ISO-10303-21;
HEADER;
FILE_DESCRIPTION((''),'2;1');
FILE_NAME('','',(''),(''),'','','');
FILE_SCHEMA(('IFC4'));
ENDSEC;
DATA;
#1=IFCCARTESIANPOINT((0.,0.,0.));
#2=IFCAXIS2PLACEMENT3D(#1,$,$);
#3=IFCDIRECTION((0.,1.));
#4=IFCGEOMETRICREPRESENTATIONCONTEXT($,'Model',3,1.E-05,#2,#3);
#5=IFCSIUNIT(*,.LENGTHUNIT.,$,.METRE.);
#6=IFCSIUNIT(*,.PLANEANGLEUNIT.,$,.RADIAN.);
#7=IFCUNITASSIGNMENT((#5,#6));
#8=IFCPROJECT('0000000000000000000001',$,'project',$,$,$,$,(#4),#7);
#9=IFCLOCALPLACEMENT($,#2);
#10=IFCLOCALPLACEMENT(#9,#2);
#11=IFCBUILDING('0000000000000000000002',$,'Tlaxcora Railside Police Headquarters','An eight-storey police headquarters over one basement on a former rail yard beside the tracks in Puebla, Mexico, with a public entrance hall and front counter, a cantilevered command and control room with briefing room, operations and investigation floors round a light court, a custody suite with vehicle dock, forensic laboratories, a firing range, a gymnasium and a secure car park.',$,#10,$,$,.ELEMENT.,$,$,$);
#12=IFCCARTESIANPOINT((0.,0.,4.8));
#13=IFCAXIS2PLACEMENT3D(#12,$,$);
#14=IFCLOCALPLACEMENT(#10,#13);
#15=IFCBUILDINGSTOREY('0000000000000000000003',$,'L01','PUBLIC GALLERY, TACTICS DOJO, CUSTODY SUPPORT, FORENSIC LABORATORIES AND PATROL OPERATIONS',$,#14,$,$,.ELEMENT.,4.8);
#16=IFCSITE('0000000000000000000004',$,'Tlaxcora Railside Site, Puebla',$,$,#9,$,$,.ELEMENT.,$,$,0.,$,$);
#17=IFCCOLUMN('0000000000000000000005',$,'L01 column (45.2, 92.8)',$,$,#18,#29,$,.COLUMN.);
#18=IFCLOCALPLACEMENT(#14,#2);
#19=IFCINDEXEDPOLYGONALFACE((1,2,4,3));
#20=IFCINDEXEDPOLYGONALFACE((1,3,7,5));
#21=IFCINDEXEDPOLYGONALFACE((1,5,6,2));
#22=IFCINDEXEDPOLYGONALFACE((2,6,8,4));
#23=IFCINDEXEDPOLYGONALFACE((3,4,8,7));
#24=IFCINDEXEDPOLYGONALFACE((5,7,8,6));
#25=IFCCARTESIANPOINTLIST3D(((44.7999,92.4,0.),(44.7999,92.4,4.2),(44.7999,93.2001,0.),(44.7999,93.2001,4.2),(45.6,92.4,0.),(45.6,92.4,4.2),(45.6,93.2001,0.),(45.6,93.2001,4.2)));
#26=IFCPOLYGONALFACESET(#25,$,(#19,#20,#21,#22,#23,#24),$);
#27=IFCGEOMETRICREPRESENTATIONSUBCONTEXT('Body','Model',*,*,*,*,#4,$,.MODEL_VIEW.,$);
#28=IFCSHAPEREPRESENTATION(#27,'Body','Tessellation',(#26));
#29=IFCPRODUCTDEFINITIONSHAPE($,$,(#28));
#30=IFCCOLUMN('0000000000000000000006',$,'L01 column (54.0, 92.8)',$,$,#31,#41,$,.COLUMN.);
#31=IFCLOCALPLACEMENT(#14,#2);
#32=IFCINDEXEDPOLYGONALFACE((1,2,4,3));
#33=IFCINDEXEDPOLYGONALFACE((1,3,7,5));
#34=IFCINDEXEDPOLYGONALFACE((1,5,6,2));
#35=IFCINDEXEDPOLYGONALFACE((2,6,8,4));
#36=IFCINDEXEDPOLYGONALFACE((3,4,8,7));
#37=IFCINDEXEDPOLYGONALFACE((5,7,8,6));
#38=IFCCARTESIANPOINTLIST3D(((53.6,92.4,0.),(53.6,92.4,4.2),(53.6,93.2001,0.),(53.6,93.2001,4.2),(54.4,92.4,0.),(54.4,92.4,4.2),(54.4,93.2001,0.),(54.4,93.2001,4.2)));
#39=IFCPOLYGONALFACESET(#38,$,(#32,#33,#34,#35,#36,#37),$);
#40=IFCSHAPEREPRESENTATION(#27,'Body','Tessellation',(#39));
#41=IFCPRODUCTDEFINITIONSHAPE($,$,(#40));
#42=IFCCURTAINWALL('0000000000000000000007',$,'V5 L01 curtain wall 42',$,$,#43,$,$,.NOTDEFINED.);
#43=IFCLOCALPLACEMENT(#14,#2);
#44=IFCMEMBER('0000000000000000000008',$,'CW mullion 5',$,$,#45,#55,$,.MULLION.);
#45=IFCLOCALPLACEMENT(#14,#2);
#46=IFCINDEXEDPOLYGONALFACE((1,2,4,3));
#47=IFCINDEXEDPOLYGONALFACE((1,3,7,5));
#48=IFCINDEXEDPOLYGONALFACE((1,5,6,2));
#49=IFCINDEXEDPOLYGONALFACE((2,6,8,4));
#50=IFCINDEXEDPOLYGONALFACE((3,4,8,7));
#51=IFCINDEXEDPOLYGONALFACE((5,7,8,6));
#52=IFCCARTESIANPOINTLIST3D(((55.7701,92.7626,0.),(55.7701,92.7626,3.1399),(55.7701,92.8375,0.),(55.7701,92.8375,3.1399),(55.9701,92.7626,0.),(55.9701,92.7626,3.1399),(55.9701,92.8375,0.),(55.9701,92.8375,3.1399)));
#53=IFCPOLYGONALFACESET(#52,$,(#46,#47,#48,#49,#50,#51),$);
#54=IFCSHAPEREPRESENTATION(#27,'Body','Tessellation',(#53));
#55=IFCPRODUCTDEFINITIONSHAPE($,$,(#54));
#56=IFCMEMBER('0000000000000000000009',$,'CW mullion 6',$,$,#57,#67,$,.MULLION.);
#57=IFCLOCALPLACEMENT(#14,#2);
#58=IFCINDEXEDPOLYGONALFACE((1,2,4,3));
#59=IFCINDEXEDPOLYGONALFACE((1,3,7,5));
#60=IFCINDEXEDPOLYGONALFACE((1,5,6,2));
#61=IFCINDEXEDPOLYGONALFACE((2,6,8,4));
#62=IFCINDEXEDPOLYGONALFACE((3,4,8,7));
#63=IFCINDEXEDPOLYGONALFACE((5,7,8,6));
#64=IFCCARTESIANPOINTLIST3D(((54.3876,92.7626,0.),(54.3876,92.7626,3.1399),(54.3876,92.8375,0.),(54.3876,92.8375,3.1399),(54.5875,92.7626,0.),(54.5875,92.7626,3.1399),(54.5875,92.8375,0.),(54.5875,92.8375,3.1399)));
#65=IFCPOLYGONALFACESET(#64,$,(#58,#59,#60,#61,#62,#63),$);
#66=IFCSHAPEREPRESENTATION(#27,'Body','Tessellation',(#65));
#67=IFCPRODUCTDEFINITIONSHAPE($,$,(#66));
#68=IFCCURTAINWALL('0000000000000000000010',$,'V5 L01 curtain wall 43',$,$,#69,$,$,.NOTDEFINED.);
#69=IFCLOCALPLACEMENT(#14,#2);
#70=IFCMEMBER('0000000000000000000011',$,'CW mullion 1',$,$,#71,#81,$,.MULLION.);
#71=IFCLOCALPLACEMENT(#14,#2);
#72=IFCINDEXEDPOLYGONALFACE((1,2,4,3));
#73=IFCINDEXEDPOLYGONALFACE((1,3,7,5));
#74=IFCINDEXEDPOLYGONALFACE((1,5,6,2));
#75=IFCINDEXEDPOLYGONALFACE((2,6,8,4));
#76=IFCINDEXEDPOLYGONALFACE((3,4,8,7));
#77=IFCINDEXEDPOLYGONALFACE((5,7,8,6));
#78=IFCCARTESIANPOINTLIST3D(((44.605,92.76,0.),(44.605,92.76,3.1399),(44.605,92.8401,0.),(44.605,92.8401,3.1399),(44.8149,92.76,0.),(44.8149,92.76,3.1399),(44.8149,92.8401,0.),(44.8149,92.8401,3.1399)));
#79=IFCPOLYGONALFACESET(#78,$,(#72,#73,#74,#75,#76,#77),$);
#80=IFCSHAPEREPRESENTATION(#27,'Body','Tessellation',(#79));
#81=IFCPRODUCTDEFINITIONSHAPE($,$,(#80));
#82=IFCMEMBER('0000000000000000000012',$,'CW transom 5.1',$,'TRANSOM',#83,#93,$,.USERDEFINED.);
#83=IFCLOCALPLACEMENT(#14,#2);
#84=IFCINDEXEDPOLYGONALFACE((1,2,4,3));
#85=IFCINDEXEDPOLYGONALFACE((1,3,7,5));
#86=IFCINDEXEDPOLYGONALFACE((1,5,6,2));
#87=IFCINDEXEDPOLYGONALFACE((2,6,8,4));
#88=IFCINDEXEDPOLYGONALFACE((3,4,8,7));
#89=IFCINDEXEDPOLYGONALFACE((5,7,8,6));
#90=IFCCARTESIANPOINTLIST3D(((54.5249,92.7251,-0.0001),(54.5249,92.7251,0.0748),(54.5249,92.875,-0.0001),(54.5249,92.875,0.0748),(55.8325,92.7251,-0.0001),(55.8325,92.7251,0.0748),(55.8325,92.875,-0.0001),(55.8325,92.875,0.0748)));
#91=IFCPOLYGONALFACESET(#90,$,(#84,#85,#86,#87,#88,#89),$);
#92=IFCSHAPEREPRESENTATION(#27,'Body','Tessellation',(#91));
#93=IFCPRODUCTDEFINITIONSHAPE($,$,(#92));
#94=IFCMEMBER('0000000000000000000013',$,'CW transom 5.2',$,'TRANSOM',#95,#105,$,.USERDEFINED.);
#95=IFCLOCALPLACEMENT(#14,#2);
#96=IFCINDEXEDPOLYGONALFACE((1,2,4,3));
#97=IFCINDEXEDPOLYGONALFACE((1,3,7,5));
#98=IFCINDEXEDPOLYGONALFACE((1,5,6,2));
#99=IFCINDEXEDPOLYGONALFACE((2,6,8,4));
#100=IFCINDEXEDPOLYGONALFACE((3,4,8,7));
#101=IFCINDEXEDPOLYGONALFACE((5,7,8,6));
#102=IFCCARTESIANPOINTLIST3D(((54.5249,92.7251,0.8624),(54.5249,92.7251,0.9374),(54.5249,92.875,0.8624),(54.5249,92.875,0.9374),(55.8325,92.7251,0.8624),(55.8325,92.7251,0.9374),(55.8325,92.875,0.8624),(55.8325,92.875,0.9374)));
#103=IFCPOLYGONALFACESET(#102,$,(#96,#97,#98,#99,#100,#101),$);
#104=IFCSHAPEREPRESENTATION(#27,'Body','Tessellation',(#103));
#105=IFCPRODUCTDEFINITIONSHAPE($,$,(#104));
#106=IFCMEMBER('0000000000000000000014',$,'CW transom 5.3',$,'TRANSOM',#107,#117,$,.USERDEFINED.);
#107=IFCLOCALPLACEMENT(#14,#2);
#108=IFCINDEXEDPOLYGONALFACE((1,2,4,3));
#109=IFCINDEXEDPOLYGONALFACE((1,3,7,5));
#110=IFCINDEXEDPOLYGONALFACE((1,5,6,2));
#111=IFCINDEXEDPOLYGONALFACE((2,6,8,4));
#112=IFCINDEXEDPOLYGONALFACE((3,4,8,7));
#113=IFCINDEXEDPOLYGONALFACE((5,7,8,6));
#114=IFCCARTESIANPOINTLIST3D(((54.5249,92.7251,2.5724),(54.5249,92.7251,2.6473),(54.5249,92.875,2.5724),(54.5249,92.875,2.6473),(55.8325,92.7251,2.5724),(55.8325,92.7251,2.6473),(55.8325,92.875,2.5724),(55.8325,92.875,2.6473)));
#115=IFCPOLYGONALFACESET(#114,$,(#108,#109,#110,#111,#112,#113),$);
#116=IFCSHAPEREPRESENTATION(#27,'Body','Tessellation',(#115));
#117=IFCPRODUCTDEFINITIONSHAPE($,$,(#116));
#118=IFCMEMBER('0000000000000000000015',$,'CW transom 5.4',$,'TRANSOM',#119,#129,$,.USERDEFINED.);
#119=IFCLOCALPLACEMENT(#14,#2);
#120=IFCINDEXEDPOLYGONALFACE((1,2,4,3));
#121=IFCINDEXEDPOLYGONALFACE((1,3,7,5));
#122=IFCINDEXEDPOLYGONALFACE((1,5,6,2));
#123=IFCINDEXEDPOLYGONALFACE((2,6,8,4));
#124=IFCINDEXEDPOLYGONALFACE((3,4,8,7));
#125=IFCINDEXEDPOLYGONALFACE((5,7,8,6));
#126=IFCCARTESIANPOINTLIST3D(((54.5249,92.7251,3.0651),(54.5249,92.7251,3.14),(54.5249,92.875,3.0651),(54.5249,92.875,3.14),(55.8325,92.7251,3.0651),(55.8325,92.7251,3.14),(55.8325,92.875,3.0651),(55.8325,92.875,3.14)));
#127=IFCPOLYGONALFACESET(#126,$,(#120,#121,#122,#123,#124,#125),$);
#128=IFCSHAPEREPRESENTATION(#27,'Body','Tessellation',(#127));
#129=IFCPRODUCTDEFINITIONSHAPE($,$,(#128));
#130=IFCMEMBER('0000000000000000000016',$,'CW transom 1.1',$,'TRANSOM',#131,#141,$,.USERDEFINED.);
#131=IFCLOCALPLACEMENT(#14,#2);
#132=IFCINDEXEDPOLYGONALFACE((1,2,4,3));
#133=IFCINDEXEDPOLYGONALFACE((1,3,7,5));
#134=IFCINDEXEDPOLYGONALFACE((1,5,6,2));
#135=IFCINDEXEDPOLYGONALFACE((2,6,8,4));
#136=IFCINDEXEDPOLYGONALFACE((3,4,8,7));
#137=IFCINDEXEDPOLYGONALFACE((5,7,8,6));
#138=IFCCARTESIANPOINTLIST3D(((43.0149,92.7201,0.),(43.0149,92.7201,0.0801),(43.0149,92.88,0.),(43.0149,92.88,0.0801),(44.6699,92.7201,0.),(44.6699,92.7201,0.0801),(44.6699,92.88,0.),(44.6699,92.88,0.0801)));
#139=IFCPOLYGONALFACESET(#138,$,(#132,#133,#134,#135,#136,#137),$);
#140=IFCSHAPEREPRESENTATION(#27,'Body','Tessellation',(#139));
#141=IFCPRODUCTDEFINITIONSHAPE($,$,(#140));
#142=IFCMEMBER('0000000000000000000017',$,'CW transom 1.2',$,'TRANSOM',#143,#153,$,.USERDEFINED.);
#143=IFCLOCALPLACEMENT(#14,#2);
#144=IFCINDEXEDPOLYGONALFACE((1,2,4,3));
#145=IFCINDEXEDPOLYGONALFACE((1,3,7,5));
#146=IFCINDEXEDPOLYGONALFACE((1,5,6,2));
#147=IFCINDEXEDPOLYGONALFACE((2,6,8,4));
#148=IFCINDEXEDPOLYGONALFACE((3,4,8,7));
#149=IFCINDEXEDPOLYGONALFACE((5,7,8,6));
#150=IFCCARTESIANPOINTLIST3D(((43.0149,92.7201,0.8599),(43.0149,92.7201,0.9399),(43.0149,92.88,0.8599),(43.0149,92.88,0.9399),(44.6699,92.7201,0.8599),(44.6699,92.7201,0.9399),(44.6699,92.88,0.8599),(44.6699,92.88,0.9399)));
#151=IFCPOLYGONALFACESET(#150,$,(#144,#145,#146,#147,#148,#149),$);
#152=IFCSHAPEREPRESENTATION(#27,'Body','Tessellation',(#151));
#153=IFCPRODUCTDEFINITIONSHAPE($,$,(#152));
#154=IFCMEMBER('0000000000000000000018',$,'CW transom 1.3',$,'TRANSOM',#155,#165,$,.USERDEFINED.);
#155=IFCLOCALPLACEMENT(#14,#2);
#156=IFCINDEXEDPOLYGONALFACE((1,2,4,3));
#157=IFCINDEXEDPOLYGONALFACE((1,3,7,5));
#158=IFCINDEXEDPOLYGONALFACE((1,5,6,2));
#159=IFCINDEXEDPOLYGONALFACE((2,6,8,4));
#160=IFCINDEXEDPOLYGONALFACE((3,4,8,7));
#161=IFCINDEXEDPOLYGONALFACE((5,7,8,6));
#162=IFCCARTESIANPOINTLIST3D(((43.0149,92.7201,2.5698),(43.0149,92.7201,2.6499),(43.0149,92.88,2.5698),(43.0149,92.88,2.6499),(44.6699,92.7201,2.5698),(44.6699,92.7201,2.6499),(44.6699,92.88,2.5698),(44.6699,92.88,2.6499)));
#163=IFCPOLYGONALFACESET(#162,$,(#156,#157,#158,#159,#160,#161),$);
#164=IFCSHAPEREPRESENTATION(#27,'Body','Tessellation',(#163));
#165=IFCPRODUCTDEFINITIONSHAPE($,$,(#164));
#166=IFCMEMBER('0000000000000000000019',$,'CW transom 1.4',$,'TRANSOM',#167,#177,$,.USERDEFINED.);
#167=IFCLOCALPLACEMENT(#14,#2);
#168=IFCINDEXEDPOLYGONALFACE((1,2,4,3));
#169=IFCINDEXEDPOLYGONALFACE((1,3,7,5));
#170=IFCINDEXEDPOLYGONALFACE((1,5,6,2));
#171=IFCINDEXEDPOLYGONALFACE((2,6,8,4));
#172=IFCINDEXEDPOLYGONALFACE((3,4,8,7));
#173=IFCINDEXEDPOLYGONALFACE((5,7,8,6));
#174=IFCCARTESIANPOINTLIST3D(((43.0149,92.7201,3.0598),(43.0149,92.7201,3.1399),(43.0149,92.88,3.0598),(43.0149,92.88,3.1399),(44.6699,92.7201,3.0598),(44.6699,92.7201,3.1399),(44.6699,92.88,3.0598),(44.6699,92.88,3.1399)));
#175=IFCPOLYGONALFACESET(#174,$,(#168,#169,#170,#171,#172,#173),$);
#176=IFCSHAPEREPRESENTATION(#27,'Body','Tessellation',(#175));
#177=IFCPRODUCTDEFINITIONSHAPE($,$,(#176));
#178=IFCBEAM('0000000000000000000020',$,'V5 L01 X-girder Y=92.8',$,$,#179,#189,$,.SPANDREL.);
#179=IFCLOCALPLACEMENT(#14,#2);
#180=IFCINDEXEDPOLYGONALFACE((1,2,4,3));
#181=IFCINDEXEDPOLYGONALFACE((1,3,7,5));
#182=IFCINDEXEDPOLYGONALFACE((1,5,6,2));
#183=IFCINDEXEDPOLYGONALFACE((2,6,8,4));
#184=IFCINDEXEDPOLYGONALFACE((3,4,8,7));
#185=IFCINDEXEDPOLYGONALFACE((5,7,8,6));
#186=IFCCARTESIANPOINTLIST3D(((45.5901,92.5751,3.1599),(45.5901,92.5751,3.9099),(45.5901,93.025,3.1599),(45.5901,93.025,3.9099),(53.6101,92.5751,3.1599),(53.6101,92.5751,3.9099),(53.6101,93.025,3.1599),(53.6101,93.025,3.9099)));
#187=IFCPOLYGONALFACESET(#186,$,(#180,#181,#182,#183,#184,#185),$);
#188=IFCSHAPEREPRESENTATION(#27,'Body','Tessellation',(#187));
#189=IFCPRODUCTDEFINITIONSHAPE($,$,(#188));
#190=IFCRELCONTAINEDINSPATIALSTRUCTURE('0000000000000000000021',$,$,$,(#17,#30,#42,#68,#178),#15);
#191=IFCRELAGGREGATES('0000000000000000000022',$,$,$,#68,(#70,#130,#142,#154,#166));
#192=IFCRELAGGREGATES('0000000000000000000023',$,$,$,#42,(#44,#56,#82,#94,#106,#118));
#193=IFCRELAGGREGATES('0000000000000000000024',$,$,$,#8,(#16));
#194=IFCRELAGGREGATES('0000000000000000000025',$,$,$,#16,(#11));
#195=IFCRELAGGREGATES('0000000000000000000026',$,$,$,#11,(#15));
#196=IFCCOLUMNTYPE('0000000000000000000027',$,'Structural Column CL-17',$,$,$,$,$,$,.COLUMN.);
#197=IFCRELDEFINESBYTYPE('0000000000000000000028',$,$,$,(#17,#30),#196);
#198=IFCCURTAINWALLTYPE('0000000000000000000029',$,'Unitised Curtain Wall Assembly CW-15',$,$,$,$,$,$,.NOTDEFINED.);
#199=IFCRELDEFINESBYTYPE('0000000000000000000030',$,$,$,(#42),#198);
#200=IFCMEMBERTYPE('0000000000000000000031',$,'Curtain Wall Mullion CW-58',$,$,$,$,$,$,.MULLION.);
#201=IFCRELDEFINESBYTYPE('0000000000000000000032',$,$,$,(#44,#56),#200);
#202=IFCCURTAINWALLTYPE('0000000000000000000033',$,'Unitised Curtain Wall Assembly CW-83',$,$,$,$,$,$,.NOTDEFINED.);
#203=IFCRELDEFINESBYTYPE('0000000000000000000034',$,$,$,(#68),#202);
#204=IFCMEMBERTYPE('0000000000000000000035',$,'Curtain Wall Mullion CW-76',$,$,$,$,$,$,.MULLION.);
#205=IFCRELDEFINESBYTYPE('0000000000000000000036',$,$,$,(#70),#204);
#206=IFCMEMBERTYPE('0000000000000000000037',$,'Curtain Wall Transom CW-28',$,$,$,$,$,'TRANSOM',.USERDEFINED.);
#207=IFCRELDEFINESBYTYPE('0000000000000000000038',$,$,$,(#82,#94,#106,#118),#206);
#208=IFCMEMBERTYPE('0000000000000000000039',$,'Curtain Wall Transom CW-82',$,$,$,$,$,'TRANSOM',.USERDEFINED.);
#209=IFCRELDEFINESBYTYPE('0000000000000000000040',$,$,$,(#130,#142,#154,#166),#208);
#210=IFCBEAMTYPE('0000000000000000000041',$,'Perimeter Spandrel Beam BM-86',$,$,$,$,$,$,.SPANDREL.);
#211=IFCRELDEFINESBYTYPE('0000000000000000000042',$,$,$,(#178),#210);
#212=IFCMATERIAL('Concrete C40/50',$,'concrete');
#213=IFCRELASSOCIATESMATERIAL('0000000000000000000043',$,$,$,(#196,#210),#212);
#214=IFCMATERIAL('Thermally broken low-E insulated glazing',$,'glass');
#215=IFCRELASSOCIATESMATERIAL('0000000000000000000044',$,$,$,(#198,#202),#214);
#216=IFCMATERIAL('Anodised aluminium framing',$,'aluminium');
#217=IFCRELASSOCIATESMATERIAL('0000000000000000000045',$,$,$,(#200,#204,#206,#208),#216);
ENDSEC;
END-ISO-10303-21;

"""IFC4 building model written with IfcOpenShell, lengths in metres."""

from ifc_helpers import new_model, si_unit, direction, frame, origin, origin_2d, place, context, subcontext, project, spatial, rectangle, extrude, material, material_profile, profile_set, type_object, element, aggregate, save


model = new_model("IFC4")

# Units and contexts
model_context = context("Model", 3, precision=1e-05, world=origin(), true_north=direction((0.0, 1.0)))
body_context = subcontext(model_context, "Body", "Model", "MODEL_VIEW")
ifc_project = project(units=[si_unit("LENGTHUNIT", "METRE"), si_unit("PLANEANGLEUNIT", "RADIAN")], contexts=[model_context])

# Site, building, storey
site_placement = place(None, origin())
site = spatial("IfcSite", under=ifc_project, at=site_placement, Name="Tlaxcora Railside Site, Puebla", CompositionType="ELEMENT", RefElevation=0.0)
building_placement = place(site_placement, origin())
building = spatial("IfcBuilding", under=site, at=building_placement, Name="Tlaxcora Railside Police Headquarters", Description="An eight-storey police headquarters over one basement on a former rail yard beside the tracks in Puebla, Mexico, with a public entrance hall and front counter, a cantilevered command and control room with briefing room, operations and investigation floors round a light court, a custody suite with vehicle dock, forensic laboratories, a firing range, a gymnasium and a secure car park.", CompositionType="ELEMENT")
storey_placement = place(building_placement, frame((0.0, 0.0, 4.8)))
storey = spatial("IfcBuildingStorey", under=building, at=storey_placement, Name="L01", Description="PUBLIC GALLERY, TACTICS DOJO, CUSTODY SUPPORT, FORENSIC LABORATORIES AND PATROL OPERATIONS", CompositionType="ELEMENT", Elevation=4.8)

# Columns
ifc_material_1 = material(Name="Concrete C40/50", Category="concrete")
ifc_material_profile_1 = material_profile(ifc_material_1, rectangle(XDim=0.8, YDim=0.8, at=origin_2d()), Name="RC800X800")
ifc_profile_set_1 = profile_set([ifc_material_profile_1], Name="Concrete C40/50")
column_type = type_object("IfcColumnType", Name="Structural Column CL-17", PredefinedType="COLUMN", material=ifc_profile_set_1)
for number, where, z_axis, x_axis, name in (
    (1, (45.2, 92.8, 0.0), (0.0, 0.0, 1.0), (1.0, 0.0, 0.0), "L01 column (45.2, 92.8)"),
    (2, (54.0, 92.8, 0.0), (0.0, 0.0, 1.0), (1.0, 0.0, 0.0), "L01 column (54.0, 92.8)"),
):
    element("IfcColumn", number, at=place(storey_placement, frame(where, z_axis=z_axis, x_axis=x_axis)), inside=storey, type_object=column_type, Name=name, PredefinedType="COLUMN", context=body_context, shape_type="SweptSolid", body=[
        extrude(rectangle(XDim=0.8, YDim=0.8, at=origin_2d()), origin(), (0.0, 0.0, 1.0), 4.2),
    ])

# Curtain wall, members
ifc_material_2 = material(Name="Thermally broken low-E insulated glazing", Category="glass")
curtain_wall_type_1 = type_object("IfcCurtainWallType", Name="Unitised Curtain Wall Assembly CW-15", PredefinedType="NOTDEFINED", material=ifc_material_2)
curtain_wall_1_placement = place(storey_placement, origin())
curtain_wall_1 = element("IfcCurtainWall", 3, at=curtain_wall_1_placement, inside=storey, type_object=curtain_wall_type_1, Name="V5 L01 curtain wall 42", PredefinedType="NOTDEFINED")
ifc_material_3 = material(Name="Anodised aluminium framing", Category="aluminium")
ifc_material_profile_2 = material_profile(ifc_material_3, rectangle(XDim=0.075, YDim=0.2, at=origin_2d()), Name="AL75X200")
ifc_profile_set_2 = profile_set([ifc_material_profile_2], Name="Anodised aluminium framing")
member_type_1 = type_object("IfcMemberType", Name="Curtain Wall Mullion CW-58", PredefinedType="MULLION", material=ifc_profile_set_2)
member_1_placement = place(storey_placement, frame((55.8701, 92.8, 0.0), z_axis=(0.0, 0.0, 1.0), x_axis=(0.0, -1.0, 0.0)))
member_1 = element("IfcMember", 4, at=member_1_placement, type_object=member_type_1, Name="CW mullion 5", PredefinedType="MULLION", context=body_context, shape_type="SweptSolid", body=[
    extrude(rectangle(XDim=0.075, YDim=0.2, at=origin_2d()), origin(), (0.0, 0.0, 1.0), 3.1399),
])
member_2_placement = place(storey_placement, frame((54.4875, 92.8, 0.0), z_axis=(0.0, 0.0, 1.0), x_axis=(0.0, -1.0, 0.0)))
member_2 = element("IfcMember", 5, at=member_2_placement, type_object=member_type_1, Name="CW mullion 6", PredefinedType="MULLION", context=body_context, shape_type="SweptSolid", body=[
    extrude(rectangle(XDim=0.075, YDim=0.2, at=origin_2d()), origin(), (0.0, 0.0, 1.0), 3.1399),
])

# Curtain wall, member
curtain_wall_type_2 = type_object("IfcCurtainWallType", Name="Unitised Curtain Wall Assembly CW-83", PredefinedType="NOTDEFINED", material=ifc_material_2)
curtain_wall_2_placement = place(storey_placement, origin())
curtain_wall_2 = element("IfcCurtainWall", 6, at=curtain_wall_2_placement, inside=storey, type_object=curtain_wall_type_2, Name="V5 L01 curtain wall 43", PredefinedType="NOTDEFINED")
ifc_material_profile_3 = material_profile(ifc_material_3, rectangle(XDim=0.0801, YDim=0.21, at=origin_2d()), Name="AL80X210")
ifc_profile_set_3 = profile_set([ifc_material_profile_3], Name="Anodised aluminium framing")
member_type_2 = type_object("IfcMemberType", Name="Curtain Wall Mullion CW-76", PredefinedType="MULLION", material=ifc_profile_set_3)
member_3_placement = place(storey_placement, frame((44.71, 92.8, 0.0), z_axis=(0.0, 0.0, 1.0), x_axis=(0.0, -1.0, 0.0)))
member_3 = element("IfcMember", 7, at=member_3_placement, type_object=member_type_2, Name="CW mullion 1", PredefinedType="MULLION", context=body_context, shape_type="SweptSolid", body=[
    extrude(rectangle(XDim=0.0801, YDim=0.21, at=origin_2d()), origin(), (0.0, 0.0, 1.0), 3.1399),
])

# Members
ifc_material_profile_4 = material_profile(ifc_material_3, rectangle(XDim=0.1499, YDim=0.075, at=origin_2d()), Name="AL75X150")
ifc_profile_set_4 = profile_set([ifc_material_profile_4], Name="Anodised aluminium framing")
member_type_3 = type_object("IfcMemberType", Name="Curtain Wall Transom CW-28", ElementType="TRANSOM", PredefinedType="USERDEFINED", material=ifc_profile_set_4)
member_4_placement = place(storey_placement, frame((55.8325, 92.8, 0.0374), z_axis=(-1.0, 0.0, 0.0), x_axis=(0.0, -1.0, 0.0)))
member_4 = element("IfcMember", 8, at=member_4_placement, type_object=member_type_3, Name="CW transom 5.1", ObjectType="TRANSOM", PredefinedType="USERDEFINED", context=body_context, shape_type="SweptSolid", body=[
    extrude(rectangle(XDim=0.1499, YDim=0.075, at=origin_2d()), origin(), (0.0, 0.0, 1.0), 1.3076),
])
member_5_placement = place(storey_placement, frame((55.8325, 92.8, 0.8999), z_axis=(-1.0, 0.0, 0.0), x_axis=(0.0, -1.0, 0.0)))
member_5 = element("IfcMember", 9, at=member_5_placement, type_object=member_type_3, Name="CW transom 5.2", ObjectType="TRANSOM", PredefinedType="USERDEFINED", context=body_context, shape_type="SweptSolid", body=[
    extrude(rectangle(XDim=0.1499, YDim=0.075, at=origin_2d()), origin(), (0.0, 0.0, 1.0), 1.3076),
])
member_6_placement = place(storey_placement, frame((55.8325, 92.8, 2.6099), z_axis=(-1.0, 0.0, 0.0), x_axis=(0.0, -1.0, 0.0)))
member_6 = element("IfcMember", 10, at=member_6_placement, type_object=member_type_3, Name="CW transom 5.3", ObjectType="TRANSOM", PredefinedType="USERDEFINED", context=body_context, shape_type="SweptSolid", body=[
    extrude(rectangle(XDim=0.1499, YDim=0.075, at=origin_2d()), origin(), (0.0, 0.0, 1.0), 1.3076),
])
member_7_placement = place(storey_placement, frame((55.8325, 92.8, 3.1025), z_axis=(-1.0, 0.0, 0.0), x_axis=(0.0, -1.0, 0.0)))
member_7 = element("IfcMember", 11, at=member_7_placement, type_object=member_type_3, Name="CW transom 5.4", ObjectType="TRANSOM", PredefinedType="USERDEFINED", context=body_context, shape_type="SweptSolid", body=[
    extrude(rectangle(XDim=0.1499, YDim=0.075, at=origin_2d()), origin(), (0.0, 0.0, 1.0), 1.3076),
])
ifc_material_profile_5 = material_profile(ifc_material_3, rectangle(XDim=0.1599, YDim=0.0801, at=origin_2d()), Name="AL80X160")
ifc_profile_set_5 = profile_set([ifc_material_profile_5], Name="Anodised aluminium framing")
member_type_4 = type_object("IfcMemberType", Name="Curtain Wall Transom CW-82", ElementType="TRANSOM", PredefinedType="USERDEFINED", material=ifc_profile_set_5)
member_8_placement = place(storey_placement, frame((44.6699, 92.8, 0.04), z_axis=(-1.0, 0.0, 0.0), x_axis=(0.0, -1.0, 0.0)))
member_8 = element("IfcMember", 12, at=member_8_placement, type_object=member_type_4, Name="CW transom 1.1", ObjectType="TRANSOM", PredefinedType="USERDEFINED", context=body_context, shape_type="SweptSolid", body=[
    extrude(rectangle(XDim=0.1599, YDim=0.0801, at=origin_2d()), origin(), (0.0, 0.0, 1.0), 1.655),
])
member_9_placement = place(storey_placement, frame((44.6699, 92.8, 0.8999), z_axis=(-1.0, 0.0, 0.0), x_axis=(0.0, -1.0, 0.0)))
member_9 = element("IfcMember", 13, at=member_9_placement, type_object=member_type_4, Name="CW transom 1.2", ObjectType="TRANSOM", PredefinedType="USERDEFINED", context=body_context, shape_type="SweptSolid", body=[
    extrude(rectangle(XDim=0.1599, YDim=0.0801, at=origin_2d()), origin(), (0.0, 0.0, 1.0), 1.655),
])
member_10_placement = place(storey_placement, frame((44.6699, 92.8, 2.6099), z_axis=(-1.0, 0.0, 0.0), x_axis=(0.0, -1.0, 0.0)))
member_10 = element("IfcMember", 14, at=member_10_placement, type_object=member_type_4, Name="CW transom 1.3", ObjectType="TRANSOM", PredefinedType="USERDEFINED", context=body_context, shape_type="SweptSolid", body=[
    extrude(rectangle(XDim=0.1599, YDim=0.0801, at=origin_2d()), origin(), (0.0, 0.0, 1.0), 1.655),
])
member_11_placement = place(storey_placement, frame((44.6699, 92.8, 3.0999), z_axis=(-1.0, 0.0, 0.0), x_axis=(0.0, -1.0, 0.0)))
member_11 = element("IfcMember", 15, at=member_11_placement, type_object=member_type_4, Name="CW transom 1.4", ObjectType="TRANSOM", PredefinedType="USERDEFINED", context=body_context, shape_type="SweptSolid", body=[
    extrude(rectangle(XDim=0.1599, YDim=0.0801, at=origin_2d()), origin(), (0.0, 0.0, 1.0), 1.655),
])
aggregate(curtain_wall_2, [member_3, member_8, member_9, member_10, member_11])

# Beam
ifc_material_profile_6 = material_profile(ifc_material_1, rectangle(XDim=0.45, YDim=0.75, at=origin_2d()), Name="RC450X750")
ifc_profile_set_6 = profile_set([ifc_material_profile_6], Name="Concrete C40/50")
beam_type = type_object("IfcBeamType", Name="Perimeter Spandrel Beam BM-86", PredefinedType="SPANDREL", material=ifc_profile_set_6)
beam_1_placement = place(storey_placement, frame((45.5901, 92.8, 3.5349), z_axis=(1.0, 0.0, 0.0), x_axis=(0.0, 1.0, 0.0)))
element("IfcBeam", 16, at=beam_1_placement, inside=storey, type_object=beam_type, Name="V5 L01 X-girder Y=92.8", PredefinedType="SPANDREL", context=body_context, shape_type="SweptSolid", body=[
    extrude(rectangle(XDim=0.45, YDim=0.75, at=origin_2d()), origin(), (0.0, 0.0, 1.0), 8.02),
])

aggregate(curtain_wall_1, [member_1, member_2, member_4, member_5, member_6, member_7])

save(model, "model.ifc")
